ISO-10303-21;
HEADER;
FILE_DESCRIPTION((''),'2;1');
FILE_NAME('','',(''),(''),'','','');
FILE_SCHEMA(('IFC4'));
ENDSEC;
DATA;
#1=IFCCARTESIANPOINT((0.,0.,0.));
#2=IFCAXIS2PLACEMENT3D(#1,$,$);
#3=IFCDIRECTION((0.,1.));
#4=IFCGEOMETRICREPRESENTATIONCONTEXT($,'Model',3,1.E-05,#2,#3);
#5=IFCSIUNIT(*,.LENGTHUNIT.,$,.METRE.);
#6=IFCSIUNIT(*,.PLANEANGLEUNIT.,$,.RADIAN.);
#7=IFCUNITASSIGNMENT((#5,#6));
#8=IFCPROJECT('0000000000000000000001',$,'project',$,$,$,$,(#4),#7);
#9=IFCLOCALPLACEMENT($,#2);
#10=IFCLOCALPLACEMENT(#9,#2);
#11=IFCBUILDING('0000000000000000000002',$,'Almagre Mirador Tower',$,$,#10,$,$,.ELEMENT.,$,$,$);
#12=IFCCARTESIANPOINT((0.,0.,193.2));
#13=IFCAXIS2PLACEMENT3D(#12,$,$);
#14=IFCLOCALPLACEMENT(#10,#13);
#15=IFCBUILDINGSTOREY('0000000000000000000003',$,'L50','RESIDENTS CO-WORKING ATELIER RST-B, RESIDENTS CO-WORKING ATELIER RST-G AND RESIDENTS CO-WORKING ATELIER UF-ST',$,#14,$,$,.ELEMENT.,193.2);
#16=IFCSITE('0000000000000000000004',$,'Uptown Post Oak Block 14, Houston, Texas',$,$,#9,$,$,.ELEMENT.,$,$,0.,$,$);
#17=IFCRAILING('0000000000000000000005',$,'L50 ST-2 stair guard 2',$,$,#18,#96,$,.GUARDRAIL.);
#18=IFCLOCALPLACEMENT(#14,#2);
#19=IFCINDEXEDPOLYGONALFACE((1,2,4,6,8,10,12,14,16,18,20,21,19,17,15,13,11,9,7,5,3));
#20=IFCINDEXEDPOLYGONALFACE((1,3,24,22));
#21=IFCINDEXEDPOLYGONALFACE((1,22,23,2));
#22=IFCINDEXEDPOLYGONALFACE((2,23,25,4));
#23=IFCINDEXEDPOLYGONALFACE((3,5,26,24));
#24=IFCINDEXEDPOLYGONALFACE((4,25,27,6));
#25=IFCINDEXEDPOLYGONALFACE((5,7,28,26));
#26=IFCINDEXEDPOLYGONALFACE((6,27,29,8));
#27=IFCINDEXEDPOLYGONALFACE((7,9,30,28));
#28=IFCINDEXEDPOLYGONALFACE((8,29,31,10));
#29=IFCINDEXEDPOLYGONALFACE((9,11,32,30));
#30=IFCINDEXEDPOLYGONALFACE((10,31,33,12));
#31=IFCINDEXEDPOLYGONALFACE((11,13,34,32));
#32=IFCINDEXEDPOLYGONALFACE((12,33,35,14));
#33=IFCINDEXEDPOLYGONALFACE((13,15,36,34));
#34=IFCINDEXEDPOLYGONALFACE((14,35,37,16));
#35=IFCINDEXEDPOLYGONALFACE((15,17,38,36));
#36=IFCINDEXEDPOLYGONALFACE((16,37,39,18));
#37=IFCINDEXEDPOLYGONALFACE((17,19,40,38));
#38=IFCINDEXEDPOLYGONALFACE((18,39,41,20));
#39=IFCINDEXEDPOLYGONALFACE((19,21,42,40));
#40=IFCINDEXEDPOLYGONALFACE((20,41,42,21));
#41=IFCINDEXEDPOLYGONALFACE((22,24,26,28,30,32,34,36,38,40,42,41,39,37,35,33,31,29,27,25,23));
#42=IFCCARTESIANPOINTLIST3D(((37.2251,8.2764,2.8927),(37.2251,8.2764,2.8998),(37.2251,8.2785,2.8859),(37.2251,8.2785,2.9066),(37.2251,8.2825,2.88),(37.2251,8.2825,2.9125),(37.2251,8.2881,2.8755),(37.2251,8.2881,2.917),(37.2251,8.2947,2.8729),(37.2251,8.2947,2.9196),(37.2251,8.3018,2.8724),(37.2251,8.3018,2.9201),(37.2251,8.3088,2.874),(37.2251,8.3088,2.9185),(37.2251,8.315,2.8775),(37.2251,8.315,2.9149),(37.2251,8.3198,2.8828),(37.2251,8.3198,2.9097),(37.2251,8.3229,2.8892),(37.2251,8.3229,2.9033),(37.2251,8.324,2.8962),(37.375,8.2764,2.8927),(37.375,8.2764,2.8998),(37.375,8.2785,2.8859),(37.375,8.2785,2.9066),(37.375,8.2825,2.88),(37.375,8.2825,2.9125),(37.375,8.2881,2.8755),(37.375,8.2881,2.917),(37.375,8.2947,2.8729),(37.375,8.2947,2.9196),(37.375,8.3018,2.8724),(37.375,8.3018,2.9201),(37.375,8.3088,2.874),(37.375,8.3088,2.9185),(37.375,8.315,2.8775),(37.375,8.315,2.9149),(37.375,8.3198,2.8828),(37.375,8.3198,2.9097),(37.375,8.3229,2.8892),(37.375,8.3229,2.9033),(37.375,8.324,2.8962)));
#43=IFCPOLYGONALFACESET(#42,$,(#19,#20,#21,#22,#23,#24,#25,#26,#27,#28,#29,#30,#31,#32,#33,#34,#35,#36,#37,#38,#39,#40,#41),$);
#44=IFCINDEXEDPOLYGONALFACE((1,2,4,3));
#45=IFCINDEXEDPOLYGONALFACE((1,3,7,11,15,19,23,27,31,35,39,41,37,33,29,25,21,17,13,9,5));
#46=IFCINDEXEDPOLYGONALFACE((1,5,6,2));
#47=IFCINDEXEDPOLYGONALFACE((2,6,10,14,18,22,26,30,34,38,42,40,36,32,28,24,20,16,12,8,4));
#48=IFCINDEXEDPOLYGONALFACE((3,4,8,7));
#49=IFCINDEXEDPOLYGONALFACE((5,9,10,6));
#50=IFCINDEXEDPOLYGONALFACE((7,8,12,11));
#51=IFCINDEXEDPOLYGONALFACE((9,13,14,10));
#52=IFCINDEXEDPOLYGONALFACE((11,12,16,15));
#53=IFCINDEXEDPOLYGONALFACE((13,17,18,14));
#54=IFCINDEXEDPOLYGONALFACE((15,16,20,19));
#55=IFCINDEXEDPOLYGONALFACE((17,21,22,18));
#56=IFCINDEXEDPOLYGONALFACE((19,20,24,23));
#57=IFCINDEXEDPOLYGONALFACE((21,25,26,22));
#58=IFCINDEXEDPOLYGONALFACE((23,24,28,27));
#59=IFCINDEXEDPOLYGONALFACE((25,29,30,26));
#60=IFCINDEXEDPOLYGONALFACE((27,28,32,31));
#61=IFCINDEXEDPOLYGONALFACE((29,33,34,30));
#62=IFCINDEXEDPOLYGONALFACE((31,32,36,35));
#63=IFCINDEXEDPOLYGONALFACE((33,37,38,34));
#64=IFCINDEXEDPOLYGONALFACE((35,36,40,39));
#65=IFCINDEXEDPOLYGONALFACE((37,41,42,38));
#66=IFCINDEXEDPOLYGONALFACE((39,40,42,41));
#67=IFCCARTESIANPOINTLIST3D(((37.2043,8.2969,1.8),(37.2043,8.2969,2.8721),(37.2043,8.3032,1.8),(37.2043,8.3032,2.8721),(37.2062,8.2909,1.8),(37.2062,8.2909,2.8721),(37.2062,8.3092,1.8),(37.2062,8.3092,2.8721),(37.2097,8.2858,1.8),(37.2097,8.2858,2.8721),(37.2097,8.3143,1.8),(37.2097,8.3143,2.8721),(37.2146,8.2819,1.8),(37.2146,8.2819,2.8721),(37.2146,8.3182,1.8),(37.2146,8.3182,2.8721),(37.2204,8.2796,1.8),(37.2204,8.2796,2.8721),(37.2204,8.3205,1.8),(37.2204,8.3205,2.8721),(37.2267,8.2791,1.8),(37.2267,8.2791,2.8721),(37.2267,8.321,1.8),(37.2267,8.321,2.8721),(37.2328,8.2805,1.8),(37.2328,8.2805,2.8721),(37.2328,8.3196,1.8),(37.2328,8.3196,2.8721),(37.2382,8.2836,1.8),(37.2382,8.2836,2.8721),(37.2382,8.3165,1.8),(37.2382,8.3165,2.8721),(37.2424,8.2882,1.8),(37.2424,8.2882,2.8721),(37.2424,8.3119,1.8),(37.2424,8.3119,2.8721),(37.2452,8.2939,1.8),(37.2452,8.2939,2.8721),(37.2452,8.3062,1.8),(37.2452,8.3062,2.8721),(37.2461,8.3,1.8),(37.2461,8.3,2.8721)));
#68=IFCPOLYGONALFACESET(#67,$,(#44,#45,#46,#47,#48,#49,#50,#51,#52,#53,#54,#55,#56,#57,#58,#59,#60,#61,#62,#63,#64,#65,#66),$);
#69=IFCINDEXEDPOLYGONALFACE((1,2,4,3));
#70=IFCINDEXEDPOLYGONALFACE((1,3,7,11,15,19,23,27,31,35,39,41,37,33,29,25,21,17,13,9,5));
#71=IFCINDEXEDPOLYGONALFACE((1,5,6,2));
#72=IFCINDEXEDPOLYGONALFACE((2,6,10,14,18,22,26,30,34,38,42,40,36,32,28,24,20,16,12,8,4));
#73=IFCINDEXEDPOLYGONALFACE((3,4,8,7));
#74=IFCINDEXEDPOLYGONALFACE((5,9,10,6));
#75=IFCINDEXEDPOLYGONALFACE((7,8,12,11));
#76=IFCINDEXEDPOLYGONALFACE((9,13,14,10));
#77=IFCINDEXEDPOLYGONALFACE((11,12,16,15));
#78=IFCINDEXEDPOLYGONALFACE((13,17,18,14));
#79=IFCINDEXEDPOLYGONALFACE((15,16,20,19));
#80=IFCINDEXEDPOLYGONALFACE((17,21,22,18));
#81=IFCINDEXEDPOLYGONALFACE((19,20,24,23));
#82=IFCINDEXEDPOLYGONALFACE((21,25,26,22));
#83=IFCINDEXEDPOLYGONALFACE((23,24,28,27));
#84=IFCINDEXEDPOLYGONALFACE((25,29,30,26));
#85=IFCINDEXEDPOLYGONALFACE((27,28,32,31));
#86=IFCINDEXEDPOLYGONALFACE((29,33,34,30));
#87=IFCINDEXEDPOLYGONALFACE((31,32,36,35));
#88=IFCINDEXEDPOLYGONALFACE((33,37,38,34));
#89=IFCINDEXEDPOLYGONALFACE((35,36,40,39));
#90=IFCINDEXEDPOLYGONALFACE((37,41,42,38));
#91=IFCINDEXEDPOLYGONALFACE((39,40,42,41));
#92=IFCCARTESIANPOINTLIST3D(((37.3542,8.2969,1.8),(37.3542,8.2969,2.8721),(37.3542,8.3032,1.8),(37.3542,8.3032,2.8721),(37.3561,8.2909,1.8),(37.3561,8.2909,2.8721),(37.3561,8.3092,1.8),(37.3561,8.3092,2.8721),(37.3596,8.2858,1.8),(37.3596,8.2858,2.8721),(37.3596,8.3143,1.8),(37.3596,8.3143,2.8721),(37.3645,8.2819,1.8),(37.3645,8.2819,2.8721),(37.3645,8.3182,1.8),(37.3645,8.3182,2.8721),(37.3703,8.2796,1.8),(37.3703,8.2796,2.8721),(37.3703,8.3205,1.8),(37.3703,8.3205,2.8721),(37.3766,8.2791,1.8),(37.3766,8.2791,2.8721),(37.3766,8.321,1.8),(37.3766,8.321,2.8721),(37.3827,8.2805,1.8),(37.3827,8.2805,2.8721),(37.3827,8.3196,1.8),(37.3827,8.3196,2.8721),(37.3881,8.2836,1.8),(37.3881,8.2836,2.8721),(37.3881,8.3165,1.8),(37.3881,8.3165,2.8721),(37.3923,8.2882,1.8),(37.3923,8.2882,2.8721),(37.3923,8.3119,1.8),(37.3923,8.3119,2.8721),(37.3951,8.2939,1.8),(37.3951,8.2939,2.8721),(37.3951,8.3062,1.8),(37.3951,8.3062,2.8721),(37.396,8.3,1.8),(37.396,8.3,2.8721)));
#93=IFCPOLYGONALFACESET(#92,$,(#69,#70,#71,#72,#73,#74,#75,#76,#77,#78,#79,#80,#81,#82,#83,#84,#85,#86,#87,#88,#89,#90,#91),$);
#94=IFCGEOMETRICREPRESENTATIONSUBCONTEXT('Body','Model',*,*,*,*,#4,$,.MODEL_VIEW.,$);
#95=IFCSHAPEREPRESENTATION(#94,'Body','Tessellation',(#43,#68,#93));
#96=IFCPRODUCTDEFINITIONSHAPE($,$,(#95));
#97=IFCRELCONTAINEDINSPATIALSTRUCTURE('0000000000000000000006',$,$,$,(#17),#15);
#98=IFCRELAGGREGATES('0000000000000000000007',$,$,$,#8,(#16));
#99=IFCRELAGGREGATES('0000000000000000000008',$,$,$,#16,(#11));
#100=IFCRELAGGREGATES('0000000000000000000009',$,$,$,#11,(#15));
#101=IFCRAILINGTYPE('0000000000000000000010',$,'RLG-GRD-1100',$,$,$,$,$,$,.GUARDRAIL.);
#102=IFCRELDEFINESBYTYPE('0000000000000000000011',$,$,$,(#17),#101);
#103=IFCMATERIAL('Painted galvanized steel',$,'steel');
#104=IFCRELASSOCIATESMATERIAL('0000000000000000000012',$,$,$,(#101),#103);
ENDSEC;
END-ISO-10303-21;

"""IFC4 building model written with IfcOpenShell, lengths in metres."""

from ifc_helpers import new_model, si_unit, direction, frame, origin, origin_2d, place, context, subcontext, project, spatial, circle, extrude, material, type_object, element, save


model = new_model("IFC4")

# Units and contexts
model_context = context("Model", 3, precision=1e-05, world=origin(), true_north=direction((0.0, 1.0)))
body_context = subcontext(model_context, "Body", "Model", "MODEL_VIEW")
ifc_project = project(units=[si_unit("LENGTHUNIT", "METRE"), si_unit("PLANEANGLEUNIT", "RADIAN")], contexts=[model_context])

# Site, building, storey
site_placement = place(None, origin())
site = spatial("IfcSite", under=ifc_project, at=site_placement, Name="Uptown Post Oak Block 14, Houston, Texas", CompositionType="ELEMENT", RefElevation=0.0)
building_placement = place(site_placement, origin())
building = spatial("IfcBuilding", under=site, at=building_placement, Name="Almagre Mirador Tower", CompositionType="ELEMENT")
storey_placement = place(building_placement, frame((0.0, 0.0, 193.2)))
storey = spatial("IfcBuildingStorey", under=building, at=storey_placement, Name="L50", Description="RESIDENTS CO-WORKING ATELIER RST-B, RESIDENTS CO-WORKING ATELIER RST-G AND RESIDENTS CO-WORKING ATELIER UF-ST", CompositionType="ELEMENT", Elevation=193.2)

# Railing
ifc_material_1 = material(Name="Painted galvanized steel", Category="steel")
railing_type = type_object("IfcRailingType", Name="RLG-GRD-1100", PredefinedType="GUARDRAIL", material=ifc_material_1)
railing_placement = place(storey_placement, frame((37.2251, 8.3, 1.8)))
element("IfcRailing", 1, at=railing_placement, inside=storey, type_object=railing_type, Name="L50 ST-2 stair guard 2", PredefinedType="GUARDRAIL", context=body_context, shape_type="SweptSolid", body=[
    extrude(circle(Radius=0.0239, at=origin_2d()), frame((0.0, 0.0, 1.0962), z_axis=(1.0, 0.0, 0.0), x_axis=(0.0, 1.0, 0.0)), (0.0, 0.0, 1.0), 0.1499),
    extrude(circle(Radius=0.021, at=origin_2d()), origin(), (0.0, 0.0, 1.0), 1.072),
    extrude(circle(Radius=0.021, at=origin_2d()), frame((0.1499, 0.0, 0.0)), (0.0, 0.0, 1.0), 1.072),
])

save(model, "model.ifc")
